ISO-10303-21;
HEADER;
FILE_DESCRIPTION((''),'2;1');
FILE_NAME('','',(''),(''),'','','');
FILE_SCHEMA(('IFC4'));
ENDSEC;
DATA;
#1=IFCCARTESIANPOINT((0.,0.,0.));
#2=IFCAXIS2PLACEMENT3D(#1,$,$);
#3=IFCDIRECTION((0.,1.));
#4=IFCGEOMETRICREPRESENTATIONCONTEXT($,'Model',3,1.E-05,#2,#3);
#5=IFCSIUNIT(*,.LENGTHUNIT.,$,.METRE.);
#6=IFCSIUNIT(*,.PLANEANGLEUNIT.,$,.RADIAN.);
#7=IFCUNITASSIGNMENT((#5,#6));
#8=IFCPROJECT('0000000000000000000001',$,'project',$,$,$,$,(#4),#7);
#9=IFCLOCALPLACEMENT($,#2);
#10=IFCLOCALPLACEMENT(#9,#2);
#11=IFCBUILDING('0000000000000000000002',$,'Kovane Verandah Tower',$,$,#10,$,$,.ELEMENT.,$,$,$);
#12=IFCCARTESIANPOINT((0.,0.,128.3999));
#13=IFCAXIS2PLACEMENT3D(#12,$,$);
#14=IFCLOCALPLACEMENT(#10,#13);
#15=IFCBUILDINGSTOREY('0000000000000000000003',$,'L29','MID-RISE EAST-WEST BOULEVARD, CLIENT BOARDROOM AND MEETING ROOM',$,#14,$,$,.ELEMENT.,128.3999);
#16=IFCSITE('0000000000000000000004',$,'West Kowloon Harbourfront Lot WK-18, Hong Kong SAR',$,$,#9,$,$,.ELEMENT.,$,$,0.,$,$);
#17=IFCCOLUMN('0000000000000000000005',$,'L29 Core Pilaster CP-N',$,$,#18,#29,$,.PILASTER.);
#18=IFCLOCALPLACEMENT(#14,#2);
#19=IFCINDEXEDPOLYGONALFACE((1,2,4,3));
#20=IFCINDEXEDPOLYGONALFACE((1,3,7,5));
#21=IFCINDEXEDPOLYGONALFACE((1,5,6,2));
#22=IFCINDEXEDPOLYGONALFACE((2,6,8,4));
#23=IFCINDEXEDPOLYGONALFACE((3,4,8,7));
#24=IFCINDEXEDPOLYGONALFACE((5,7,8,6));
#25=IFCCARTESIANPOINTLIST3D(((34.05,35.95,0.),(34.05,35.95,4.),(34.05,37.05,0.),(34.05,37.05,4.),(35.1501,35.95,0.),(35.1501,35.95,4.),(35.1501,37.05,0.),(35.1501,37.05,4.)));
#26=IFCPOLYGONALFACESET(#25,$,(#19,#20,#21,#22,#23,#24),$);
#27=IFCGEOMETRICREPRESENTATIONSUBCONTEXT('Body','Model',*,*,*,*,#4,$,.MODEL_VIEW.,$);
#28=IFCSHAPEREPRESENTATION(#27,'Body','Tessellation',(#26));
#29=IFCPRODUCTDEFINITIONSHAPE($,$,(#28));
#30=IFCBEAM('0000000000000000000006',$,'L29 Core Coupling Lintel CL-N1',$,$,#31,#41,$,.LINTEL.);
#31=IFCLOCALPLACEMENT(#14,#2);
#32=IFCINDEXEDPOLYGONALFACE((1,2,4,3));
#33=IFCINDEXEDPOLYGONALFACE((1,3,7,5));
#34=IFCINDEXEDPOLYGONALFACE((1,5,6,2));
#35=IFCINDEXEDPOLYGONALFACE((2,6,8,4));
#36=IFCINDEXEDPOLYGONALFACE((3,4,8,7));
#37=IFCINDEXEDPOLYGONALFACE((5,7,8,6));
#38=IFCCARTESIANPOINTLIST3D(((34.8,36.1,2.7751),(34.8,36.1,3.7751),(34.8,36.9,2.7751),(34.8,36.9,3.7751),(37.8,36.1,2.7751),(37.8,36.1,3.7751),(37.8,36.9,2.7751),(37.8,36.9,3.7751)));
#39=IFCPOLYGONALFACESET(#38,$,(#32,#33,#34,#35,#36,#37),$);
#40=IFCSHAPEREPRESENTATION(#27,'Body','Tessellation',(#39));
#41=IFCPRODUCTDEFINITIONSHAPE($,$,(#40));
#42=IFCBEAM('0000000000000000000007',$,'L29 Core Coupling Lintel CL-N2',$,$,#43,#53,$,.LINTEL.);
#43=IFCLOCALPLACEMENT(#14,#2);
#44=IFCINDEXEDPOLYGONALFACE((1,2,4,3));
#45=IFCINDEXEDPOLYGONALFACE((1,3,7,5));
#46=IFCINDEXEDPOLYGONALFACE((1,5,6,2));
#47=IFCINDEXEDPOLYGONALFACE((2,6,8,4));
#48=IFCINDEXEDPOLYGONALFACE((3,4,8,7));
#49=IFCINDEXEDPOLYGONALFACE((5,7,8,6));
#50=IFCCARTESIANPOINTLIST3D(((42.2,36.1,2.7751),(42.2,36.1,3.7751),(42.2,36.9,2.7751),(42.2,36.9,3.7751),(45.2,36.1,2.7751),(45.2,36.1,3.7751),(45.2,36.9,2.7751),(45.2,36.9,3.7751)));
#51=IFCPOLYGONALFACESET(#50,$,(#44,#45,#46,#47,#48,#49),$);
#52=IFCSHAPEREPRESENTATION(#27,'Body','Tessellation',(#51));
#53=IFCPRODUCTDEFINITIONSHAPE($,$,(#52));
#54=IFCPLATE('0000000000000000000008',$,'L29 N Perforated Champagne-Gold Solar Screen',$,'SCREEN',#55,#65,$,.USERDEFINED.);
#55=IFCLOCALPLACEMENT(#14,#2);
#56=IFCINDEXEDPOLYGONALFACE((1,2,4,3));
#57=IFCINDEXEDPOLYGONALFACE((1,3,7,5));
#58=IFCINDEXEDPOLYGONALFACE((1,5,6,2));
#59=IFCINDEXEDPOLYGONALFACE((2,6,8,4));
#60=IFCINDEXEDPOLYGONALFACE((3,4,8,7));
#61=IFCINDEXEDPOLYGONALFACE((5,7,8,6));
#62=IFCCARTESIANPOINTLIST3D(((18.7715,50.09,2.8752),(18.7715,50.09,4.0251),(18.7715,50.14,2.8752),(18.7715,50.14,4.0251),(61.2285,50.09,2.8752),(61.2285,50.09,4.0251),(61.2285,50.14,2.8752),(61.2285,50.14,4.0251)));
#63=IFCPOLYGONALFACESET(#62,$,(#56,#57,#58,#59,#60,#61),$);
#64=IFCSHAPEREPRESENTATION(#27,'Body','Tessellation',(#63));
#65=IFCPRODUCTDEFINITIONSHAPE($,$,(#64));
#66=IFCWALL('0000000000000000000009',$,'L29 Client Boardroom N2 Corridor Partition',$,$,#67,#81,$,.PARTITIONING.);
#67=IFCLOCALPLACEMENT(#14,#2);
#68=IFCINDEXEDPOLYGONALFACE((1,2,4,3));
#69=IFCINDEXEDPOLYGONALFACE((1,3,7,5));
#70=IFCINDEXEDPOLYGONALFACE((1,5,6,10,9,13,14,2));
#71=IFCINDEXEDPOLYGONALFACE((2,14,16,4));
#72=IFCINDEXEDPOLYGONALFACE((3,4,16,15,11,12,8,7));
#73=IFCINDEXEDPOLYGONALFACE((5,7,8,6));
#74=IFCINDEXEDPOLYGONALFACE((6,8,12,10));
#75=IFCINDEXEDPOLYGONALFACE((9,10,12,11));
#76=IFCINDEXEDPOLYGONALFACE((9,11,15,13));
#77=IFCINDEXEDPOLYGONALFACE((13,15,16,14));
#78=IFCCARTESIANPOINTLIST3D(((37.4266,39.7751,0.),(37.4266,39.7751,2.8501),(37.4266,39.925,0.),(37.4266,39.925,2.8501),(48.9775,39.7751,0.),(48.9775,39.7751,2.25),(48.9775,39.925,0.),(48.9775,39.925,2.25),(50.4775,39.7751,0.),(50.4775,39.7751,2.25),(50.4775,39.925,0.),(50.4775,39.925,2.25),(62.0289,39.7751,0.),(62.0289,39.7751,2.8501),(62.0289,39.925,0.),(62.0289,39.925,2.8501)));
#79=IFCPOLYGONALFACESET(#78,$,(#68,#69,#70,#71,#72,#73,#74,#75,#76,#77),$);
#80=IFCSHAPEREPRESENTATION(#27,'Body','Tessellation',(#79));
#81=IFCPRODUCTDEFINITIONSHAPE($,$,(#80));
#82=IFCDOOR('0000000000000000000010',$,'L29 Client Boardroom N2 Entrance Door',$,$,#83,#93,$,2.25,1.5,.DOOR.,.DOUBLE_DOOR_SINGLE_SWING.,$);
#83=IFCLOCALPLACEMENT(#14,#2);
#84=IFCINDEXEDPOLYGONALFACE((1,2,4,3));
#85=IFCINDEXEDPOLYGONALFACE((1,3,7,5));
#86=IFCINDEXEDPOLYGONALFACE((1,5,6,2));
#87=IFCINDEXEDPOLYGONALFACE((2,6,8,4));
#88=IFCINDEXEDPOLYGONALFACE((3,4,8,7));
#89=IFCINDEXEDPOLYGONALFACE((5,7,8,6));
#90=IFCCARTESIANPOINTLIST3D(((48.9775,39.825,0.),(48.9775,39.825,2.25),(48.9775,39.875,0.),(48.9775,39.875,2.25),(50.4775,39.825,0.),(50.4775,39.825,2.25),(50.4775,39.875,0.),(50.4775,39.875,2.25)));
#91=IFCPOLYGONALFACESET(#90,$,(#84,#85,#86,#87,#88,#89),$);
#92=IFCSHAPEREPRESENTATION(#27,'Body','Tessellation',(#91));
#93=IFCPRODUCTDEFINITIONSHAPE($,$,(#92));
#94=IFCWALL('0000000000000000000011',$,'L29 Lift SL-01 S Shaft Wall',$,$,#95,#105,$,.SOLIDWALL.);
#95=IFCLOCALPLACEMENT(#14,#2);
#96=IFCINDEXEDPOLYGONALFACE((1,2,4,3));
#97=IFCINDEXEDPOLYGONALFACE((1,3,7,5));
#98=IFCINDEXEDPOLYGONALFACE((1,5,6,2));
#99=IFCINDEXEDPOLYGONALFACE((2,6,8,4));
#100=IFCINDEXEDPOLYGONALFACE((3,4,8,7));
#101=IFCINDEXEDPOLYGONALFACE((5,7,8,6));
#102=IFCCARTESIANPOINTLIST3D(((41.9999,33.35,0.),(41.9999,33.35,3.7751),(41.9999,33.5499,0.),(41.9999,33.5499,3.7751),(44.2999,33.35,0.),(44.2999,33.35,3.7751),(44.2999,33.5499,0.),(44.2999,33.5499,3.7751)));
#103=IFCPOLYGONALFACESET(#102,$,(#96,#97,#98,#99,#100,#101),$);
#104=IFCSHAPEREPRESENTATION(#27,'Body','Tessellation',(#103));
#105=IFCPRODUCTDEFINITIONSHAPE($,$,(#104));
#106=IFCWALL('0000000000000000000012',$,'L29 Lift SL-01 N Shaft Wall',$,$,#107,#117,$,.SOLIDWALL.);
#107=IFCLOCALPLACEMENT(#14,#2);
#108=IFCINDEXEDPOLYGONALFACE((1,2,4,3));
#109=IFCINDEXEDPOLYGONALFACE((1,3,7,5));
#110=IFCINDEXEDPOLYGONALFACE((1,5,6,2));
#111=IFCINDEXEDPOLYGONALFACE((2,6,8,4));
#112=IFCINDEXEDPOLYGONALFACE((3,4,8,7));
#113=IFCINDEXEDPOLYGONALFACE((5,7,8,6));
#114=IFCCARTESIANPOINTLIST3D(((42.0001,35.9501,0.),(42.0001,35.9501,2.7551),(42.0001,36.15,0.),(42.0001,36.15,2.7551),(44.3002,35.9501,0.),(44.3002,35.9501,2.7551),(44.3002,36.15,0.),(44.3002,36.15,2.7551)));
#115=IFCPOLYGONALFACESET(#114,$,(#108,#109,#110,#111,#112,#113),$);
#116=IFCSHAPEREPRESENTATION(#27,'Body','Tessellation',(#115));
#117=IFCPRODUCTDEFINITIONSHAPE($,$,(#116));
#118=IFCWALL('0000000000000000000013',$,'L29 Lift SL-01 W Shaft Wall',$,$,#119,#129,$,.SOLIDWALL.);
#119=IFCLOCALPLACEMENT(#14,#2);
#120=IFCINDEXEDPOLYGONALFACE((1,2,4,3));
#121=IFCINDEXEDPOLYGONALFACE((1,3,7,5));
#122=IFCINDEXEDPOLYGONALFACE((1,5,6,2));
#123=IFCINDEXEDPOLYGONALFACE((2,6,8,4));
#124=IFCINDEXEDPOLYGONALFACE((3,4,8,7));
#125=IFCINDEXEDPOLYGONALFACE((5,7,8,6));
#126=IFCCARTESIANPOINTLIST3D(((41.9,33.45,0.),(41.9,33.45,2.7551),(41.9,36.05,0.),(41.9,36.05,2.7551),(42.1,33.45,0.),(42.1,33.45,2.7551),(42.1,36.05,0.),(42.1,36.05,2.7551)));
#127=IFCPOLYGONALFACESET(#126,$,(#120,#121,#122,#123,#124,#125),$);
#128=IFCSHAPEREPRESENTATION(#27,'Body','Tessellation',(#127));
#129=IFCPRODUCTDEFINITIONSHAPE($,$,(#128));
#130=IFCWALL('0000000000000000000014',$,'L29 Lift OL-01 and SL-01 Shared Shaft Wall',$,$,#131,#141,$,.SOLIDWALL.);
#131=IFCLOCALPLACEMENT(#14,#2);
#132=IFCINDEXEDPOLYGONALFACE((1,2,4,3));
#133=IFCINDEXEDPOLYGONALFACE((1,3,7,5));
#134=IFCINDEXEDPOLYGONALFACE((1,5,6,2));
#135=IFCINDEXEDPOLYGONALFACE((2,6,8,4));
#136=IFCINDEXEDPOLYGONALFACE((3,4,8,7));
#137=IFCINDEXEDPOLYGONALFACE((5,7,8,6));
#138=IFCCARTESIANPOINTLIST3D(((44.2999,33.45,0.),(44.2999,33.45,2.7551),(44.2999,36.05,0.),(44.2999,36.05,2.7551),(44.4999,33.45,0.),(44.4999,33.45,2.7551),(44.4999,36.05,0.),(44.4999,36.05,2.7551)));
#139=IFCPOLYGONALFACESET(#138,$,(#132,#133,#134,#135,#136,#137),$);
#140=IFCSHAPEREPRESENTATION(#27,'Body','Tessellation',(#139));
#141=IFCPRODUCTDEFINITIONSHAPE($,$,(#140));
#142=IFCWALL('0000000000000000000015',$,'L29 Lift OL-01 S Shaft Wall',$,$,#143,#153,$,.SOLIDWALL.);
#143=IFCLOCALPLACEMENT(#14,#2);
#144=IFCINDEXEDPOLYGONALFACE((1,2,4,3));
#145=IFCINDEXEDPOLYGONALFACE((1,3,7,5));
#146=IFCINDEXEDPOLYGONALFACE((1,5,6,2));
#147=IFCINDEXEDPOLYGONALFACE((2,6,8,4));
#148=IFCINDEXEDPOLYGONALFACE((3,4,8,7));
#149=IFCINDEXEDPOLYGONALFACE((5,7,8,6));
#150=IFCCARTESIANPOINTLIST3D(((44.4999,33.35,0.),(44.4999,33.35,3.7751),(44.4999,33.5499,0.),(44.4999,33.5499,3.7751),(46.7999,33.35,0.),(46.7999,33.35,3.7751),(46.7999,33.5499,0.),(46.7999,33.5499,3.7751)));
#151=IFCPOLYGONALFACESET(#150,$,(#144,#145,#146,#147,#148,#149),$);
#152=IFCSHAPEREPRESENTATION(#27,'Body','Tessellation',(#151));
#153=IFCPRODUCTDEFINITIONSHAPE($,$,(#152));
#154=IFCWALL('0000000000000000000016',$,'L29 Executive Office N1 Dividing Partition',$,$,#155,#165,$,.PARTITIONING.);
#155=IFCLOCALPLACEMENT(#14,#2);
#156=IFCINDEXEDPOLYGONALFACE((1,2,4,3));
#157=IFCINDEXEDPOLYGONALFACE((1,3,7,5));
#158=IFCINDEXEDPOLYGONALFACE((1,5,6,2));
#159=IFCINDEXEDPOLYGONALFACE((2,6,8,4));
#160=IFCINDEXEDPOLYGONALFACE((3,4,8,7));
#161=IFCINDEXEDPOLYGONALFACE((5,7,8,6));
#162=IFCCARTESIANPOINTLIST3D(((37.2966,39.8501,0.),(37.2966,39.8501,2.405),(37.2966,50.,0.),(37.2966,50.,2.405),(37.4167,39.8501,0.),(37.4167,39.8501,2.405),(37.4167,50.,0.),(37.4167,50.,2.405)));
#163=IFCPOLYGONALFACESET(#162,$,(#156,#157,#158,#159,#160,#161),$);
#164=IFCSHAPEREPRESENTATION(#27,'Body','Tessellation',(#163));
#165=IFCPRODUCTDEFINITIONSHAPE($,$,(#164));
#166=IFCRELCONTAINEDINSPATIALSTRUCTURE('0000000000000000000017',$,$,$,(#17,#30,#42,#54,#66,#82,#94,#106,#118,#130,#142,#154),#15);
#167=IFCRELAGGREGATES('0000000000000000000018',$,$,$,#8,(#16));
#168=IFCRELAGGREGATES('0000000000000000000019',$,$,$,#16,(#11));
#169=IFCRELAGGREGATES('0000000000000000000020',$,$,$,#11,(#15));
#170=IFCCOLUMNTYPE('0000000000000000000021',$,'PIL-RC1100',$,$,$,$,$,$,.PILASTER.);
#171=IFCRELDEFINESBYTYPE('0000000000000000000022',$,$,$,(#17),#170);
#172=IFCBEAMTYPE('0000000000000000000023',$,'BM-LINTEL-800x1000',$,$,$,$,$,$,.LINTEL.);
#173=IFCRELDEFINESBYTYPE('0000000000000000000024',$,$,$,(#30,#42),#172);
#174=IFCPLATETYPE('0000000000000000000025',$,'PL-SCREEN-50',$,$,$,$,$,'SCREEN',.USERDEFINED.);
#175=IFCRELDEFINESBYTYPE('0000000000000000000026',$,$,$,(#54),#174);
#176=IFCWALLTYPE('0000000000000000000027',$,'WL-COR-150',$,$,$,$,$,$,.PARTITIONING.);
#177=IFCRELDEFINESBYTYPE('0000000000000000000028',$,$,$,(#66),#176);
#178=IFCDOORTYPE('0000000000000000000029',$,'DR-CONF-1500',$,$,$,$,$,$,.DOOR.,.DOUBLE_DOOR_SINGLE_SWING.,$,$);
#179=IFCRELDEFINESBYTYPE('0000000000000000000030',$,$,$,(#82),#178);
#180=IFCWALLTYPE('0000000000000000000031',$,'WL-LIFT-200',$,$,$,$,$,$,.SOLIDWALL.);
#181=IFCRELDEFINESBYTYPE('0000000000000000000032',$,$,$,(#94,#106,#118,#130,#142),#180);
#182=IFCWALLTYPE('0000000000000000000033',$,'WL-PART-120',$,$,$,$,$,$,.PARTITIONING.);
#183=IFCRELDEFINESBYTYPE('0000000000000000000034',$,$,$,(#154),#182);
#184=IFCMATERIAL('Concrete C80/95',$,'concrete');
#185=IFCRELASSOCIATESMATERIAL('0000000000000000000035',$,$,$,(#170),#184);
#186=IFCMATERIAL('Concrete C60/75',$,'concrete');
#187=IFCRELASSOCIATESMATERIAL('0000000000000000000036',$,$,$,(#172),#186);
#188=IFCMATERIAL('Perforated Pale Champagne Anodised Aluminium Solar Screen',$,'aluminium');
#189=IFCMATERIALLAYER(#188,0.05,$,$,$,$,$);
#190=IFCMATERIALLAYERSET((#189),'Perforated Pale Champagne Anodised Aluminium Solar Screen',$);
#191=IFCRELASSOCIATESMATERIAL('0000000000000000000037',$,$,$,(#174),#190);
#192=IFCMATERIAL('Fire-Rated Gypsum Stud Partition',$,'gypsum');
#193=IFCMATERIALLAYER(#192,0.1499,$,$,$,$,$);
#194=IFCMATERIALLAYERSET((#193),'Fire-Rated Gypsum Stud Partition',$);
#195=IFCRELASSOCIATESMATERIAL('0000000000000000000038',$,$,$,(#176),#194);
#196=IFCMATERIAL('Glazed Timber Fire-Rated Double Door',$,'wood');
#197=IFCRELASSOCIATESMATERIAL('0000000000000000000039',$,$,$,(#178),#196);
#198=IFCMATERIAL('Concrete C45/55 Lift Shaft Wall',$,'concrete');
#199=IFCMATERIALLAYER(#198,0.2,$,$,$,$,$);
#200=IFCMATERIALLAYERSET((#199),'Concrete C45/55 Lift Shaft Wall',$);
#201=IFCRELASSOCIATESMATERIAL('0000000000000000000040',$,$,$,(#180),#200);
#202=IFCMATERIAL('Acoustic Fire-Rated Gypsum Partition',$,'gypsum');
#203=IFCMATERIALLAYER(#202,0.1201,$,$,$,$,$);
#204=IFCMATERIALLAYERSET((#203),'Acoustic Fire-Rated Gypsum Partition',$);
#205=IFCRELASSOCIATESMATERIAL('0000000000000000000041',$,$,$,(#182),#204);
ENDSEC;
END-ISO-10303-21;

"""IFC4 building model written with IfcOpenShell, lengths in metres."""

from ifc_helpers import new_model, si_unit, direction, frame, frame_2d, origin, origin_2d, place, context, subcontext, project, spatial, rectangle, extrude, material, layer, layer_set, material_profile, profile_set, type_object, element, fill, save


model = new_model("IFC4")

# Units and contexts
model_context = context("Model", 3, precision=1e-05, world=origin(), true_north=direction((0.0, 1.0)))
body_context = subcontext(model_context, "Body", "Model", "MODEL_VIEW")
ifc_project = project(units=[si_unit("LENGTHUNIT", "METRE"), si_unit("PLANEANGLEUNIT", "RADIAN")], contexts=[model_context])

# Site, building, storey
site_placement = place(None, origin())
site = spatial("IfcSite", under=ifc_project, at=site_placement, Name="West Kowloon Harbourfront Lot WK-18, Hong Kong SAR", CompositionType="ELEMENT", RefElevation=0.0)
building_placement = place(site_placement, origin())
building = spatial("IfcBuilding", under=site, at=building_placement, Name="Kovane Verandah Tower", CompositionType="ELEMENT")
storey_placement = place(building_placement, frame((0.0, 0.0, 128.3999)))
storey = spatial("IfcBuildingStorey", under=building, at=storey_placement, Name="L29", Description="MID-RISE EAST-WEST BOULEVARD, CLIENT BOARDROOM AND MEETING ROOM", CompositionType="ELEMENT", Elevation=128.3999)

# Column
ifc_material_1 = material(Name="Concrete C80/95", Category="concrete")
ifc_material_profile_1 = material_profile(ifc_material_1, rectangle(XDim=1.1001, YDim=1.1001, at=origin_2d()), Name="RC1100x1100")
ifc_profile_set_1 = profile_set([ifc_material_profile_1], Name="Concrete C80/95")
column_type = type_object("IfcColumnType", Name="PIL-RC1100", PredefinedType="PILASTER", material=ifc_profile_set_1)
column_placement = place(storey_placement, frame((34.6001, 36.5, 0.0), z_axis=(0.0, 0.0, 1.0), x_axis=(1.0, 0.0, 0.0)))
element("IfcColumn", 1, at=column_placement, inside=storey, type_object=column_type, Name="L29 Core Pilaster CP-N", PredefinedType="PILASTER", context=body_context, shape_type="SweptSolid", body=[
    extrude(rectangle(XDim=1.1001, YDim=1.1001, at=origin_2d()), origin(), (0.0, 0.0, 1.0), 4.0),
])

# Beams
ifc_material_2 = material(Name="Concrete C60/75", Category="concrete")
ifc_material_profile_2 = material_profile(ifc_material_2, rectangle(XDim=0.8, YDim=1.0, at=origin_2d()), Name="RCB800x1000")
ifc_profile_set_2 = profile_set([ifc_material_profile_2], Name="Concrete C60/75")
beam_type = type_object("IfcBeamType", Name="BM-LINTEL-800x1000", PredefinedType="LINTEL", material=ifc_profile_set_2)
for number, where, z_axis, x_axis, name in (
    (2, (34.8, 36.5, 3.2751), (1.0, 0.0, 0.0), (0.0, 1.0, 0.0), "L29 Core Coupling Lintel CL-N1"),
    (3, (42.2, 36.5, 3.2751), (1.0, 0.0, 0.0), (0.0, 1.0, 0.0), "L29 Core Coupling Lintel CL-N2"),
):
    element("IfcBeam", number, at=place(storey_placement, frame(where, z_axis=z_axis, x_axis=x_axis)), inside=storey, type_object=beam_type, Name=name, PredefinedType="LINTEL", context=body_context, shape_type="SweptSolid", body=[
        extrude(rectangle(XDim=0.8, YDim=1.0, at=origin_2d()), origin(), (0.0, 0.0, 1.0), 3.0),
    ])

# Plate
ifc_material_3 = material(Name="Perforated Pale Champagne Anodised Aluminium Solar Screen", Category="aluminium")
ifc_layer_1 = layer(ifc_material_3, 0.05)
ifc_layer_set_1 = layer_set([ifc_layer_1], Name="Perforated Pale Champagne Anodised Aluminium Solar Screen")
plate_type = type_object("IfcPlateType", Name="PL-SCREEN-50", ElementType="SCREEN", PredefinedType="USERDEFINED", material=ifc_layer_set_1)
plate_placement = place(storey_placement, frame((40.0, 50.115, 2.8752), z_axis=(0.0, 0.0, 1.0), x_axis=(-1.0, 0.0, 0.0)))
element("IfcPlate", 4, at=plate_placement, inside=storey, type_object=plate_type, Name="L29 N Perforated Champagne-Gold Solar Screen", ObjectType="SCREEN", PredefinedType="USERDEFINED", context=body_context, shape_type="SweptSolid", body=[
    extrude(rectangle(XDim=42.457, YDim=0.05, at=origin_2d()), origin(), (0.0, 0.0, 1.0), 1.1499),
])

# Wall, opening, door
ifc_material_4 = material(Name="Fire-Rated Gypsum Stud Partition", Category="gypsum")
ifc_layer_2 = layer(ifc_material_4, 0.1499)
ifc_layer_set_2 = layer_set([ifc_layer_2], Name="Fire-Rated Gypsum Stud Partition")
wall_type_1 = type_object("IfcWallType", Name="WL-COR-150", PredefinedType="PARTITIONING", material=ifc_layer_set_2)
wall_1_placement = place(storey_placement, frame((37.4265, 39.8501, 0.0), z_axis=(0.0, 0.0, 1.0), x_axis=(1.0, 0.0, 0.0)))
wall_1 = element("IfcWall", 5, at=wall_1_placement, inside=storey, type_object=wall_type_1, Name="L29 Client Boardroom N2 Corridor Partition", PredefinedType="PARTITIONING", context=body_context, shape_type="SweptSolid", body=[
    extrude(rectangle(XDim=24.6023, YDim=0.1499, at=frame_2d((12.3013, 0.0))), origin(), (0.0, 0.0, 1.0), 2.8501),
])
opening_1_placement = place(wall_1_placement, frame((11.551, 0.0, 0.0)))
opening_1 = element("IfcOpeningElement", 6, at=opening_1_placement, cuts=wall_1, PredefinedType="OPENING", context=body_context, shape_type="SweptSolid", body=[
    extrude(rectangle(XDim=1.5, YDim=2.25, at=frame_2d((0.75, 1.125))), frame((0.0, 0.075, 0.0), z_axis=(0.0, -1.0, 0.0), x_axis=(1.0, 0.0, 0.0)), (0.0, 0.0, 1.0), 0.1499),
])
ifc_material_5 = material(Name="Glazed Timber Fire-Rated Double Door", Category="wood")
door_type_1 = type_object("IfcDoorType", Name="DR-CONF-1500", OperationType="DOUBLE_DOOR_SINGLE_SWING", PredefinedType="DOOR", material=ifc_material_5)
door_1_placement = place(opening_1_placement, origin())
door_1 = element("IfcDoor", 7, at=door_1_placement, inside=storey, type_object=door_type_1, Name="L29 Client Boardroom N2 Entrance Door", OperationType="DOUBLE_DOOR_SINGLE_SWING", OverallHeight=2.25, OverallWidth=1.5, PredefinedType="DOOR", context=body_context, shape_type="SweptSolid", body=[
    extrude(rectangle(XDim=1.5, YDim=2.25, at=frame_2d((0.75, 1.125))), frame((0.0, 0.0249, 0.0), z_axis=(0.0, -1.0, 0.0), x_axis=(1.0, 0.0, 0.0)), (0.0, 0.0, 1.0), 0.05),
])
fill(opening_1, door_1)

# Walls
ifc_material_6 = material(Name="Concrete C45/55 Lift Shaft Wall", Category="concrete")
ifc_layer_3 = layer(ifc_material_6, 0.2)
ifc_layer_set_3 = layer_set([ifc_layer_3], Name="Concrete C45/55 Lift Shaft Wall")
wall_type_2 = type_object("IfcWallType", Name="WL-LIFT-200", PredefinedType="SOLIDWALL", material=ifc_layer_set_3)
wall_2_placement = place(storey_placement, frame((42.0, 33.45, 0.0), z_axis=(0.0, 0.0, 1.0), x_axis=(1.0, 0.0, 0.0)))
element("IfcWall", 8, at=wall_2_placement, inside=storey, type_object=wall_type_2, Name="L29 Lift SL-01 S Shaft Wall", PredefinedType="SOLIDWALL", context=body_context, shape_type="SweptSolid", body=[
    extrude(rectangle(XDim=2.3, YDim=0.2, at=frame_2d((1.1499, 0.0))), origin(), (0.0, 0.0, 1.0), 3.7751),
])
wall_3_placement = place(storey_placement, frame((44.3, 36.05, 0.0), z_axis=(0.0, 0.0, 1.0), x_axis=(-1.0, 0.0, 0.0)))
element("IfcWall", 9, at=wall_3_placement, inside=storey, type_object=wall_type_2, Name="L29 Lift SL-01 N Shaft Wall", PredefinedType="SOLIDWALL", context=body_context, shape_type="SweptSolid", body=[
    extrude(rectangle(XDim=2.3, YDim=0.2, at=frame_2d((1.1499, 0.0))), origin(), (0.0, 0.0, 1.0), 2.7551),
])
for number, where, z_axis, x_axis, name in (
    (10, (42.0, 36.05, 0.0), (0.0, 0.0, 1.0), (0.0, -1.0, 0.0), "L29 Lift SL-01 W Shaft Wall"),
    (11, (44.3999, 33.45, 0.0), (0.0, 0.0, 1.0), (0.0, 1.0, 0.0), "L29 Lift OL-01 and SL-01 Shared Shaft Wall"),
):
    element("IfcWall", number, at=place(storey_placement, frame(where, z_axis=z_axis, x_axis=x_axis)), inside=storey, type_object=wall_type_2, Name=name, PredefinedType="SOLIDWALL", context=body_context, shape_type="SweptSolid", body=[
        extrude(rectangle(XDim=2.6001, YDim=0.2, at=frame_2d((1.3, 0.0))), origin(), (0.0, 0.0, 1.0), 2.7551),
    ])
wall_4_placement = place(storey_placement, frame((44.5, 33.45, 0.0), z_axis=(0.0, 0.0, 1.0), x_axis=(1.0, 0.0, 0.0)))
element("IfcWall", 12, at=wall_4_placement, inside=storey, type_object=wall_type_2, Name="L29 Lift OL-01 S Shaft Wall", PredefinedType="SOLIDWALL", context=body_context, shape_type="SweptSolid", body=[
    extrude(rectangle(XDim=2.3, YDim=0.2, at=frame_2d((1.1499, 0.0))), origin(), (0.0, 0.0, 1.0), 3.7751),
])
ifc_material_7 = material(Name="Acoustic Fire-Rated Gypsum Partition", Category="gypsum")
ifc_layer_4 = layer(ifc_material_7, 0.1201)
ifc_layer_set_4 = layer_set([ifc_layer_4], Name="Acoustic Fire-Rated Gypsum Partition")
wall_type_3 = type_object("IfcWallType", Name="WL-PART-120", PredefinedType="PARTITIONING", material=ifc_layer_set_4)
wall_5_placement = place(storey_placement, frame((37.3567, 39.8501, 0.0), z_axis=(0.0, 0.0, 1.0), x_axis=(0.0, 1.0, 0.0)))
element("IfcWall", 13, at=wall_5_placement, inside=storey, type_object=wall_type_3, Name="L29 Executive Office N1 Dividing Partition", PredefinedType="PARTITIONING", context=body_context, shape_type="SweptSolid", body=[
    extrude(rectangle(XDim=10.1499, YDim=0.1201, at=frame_2d((5.075, 0.0))), origin(), (0.0, 0.0, 1.0), 2.405),
])

save(model, "model.ifc")
